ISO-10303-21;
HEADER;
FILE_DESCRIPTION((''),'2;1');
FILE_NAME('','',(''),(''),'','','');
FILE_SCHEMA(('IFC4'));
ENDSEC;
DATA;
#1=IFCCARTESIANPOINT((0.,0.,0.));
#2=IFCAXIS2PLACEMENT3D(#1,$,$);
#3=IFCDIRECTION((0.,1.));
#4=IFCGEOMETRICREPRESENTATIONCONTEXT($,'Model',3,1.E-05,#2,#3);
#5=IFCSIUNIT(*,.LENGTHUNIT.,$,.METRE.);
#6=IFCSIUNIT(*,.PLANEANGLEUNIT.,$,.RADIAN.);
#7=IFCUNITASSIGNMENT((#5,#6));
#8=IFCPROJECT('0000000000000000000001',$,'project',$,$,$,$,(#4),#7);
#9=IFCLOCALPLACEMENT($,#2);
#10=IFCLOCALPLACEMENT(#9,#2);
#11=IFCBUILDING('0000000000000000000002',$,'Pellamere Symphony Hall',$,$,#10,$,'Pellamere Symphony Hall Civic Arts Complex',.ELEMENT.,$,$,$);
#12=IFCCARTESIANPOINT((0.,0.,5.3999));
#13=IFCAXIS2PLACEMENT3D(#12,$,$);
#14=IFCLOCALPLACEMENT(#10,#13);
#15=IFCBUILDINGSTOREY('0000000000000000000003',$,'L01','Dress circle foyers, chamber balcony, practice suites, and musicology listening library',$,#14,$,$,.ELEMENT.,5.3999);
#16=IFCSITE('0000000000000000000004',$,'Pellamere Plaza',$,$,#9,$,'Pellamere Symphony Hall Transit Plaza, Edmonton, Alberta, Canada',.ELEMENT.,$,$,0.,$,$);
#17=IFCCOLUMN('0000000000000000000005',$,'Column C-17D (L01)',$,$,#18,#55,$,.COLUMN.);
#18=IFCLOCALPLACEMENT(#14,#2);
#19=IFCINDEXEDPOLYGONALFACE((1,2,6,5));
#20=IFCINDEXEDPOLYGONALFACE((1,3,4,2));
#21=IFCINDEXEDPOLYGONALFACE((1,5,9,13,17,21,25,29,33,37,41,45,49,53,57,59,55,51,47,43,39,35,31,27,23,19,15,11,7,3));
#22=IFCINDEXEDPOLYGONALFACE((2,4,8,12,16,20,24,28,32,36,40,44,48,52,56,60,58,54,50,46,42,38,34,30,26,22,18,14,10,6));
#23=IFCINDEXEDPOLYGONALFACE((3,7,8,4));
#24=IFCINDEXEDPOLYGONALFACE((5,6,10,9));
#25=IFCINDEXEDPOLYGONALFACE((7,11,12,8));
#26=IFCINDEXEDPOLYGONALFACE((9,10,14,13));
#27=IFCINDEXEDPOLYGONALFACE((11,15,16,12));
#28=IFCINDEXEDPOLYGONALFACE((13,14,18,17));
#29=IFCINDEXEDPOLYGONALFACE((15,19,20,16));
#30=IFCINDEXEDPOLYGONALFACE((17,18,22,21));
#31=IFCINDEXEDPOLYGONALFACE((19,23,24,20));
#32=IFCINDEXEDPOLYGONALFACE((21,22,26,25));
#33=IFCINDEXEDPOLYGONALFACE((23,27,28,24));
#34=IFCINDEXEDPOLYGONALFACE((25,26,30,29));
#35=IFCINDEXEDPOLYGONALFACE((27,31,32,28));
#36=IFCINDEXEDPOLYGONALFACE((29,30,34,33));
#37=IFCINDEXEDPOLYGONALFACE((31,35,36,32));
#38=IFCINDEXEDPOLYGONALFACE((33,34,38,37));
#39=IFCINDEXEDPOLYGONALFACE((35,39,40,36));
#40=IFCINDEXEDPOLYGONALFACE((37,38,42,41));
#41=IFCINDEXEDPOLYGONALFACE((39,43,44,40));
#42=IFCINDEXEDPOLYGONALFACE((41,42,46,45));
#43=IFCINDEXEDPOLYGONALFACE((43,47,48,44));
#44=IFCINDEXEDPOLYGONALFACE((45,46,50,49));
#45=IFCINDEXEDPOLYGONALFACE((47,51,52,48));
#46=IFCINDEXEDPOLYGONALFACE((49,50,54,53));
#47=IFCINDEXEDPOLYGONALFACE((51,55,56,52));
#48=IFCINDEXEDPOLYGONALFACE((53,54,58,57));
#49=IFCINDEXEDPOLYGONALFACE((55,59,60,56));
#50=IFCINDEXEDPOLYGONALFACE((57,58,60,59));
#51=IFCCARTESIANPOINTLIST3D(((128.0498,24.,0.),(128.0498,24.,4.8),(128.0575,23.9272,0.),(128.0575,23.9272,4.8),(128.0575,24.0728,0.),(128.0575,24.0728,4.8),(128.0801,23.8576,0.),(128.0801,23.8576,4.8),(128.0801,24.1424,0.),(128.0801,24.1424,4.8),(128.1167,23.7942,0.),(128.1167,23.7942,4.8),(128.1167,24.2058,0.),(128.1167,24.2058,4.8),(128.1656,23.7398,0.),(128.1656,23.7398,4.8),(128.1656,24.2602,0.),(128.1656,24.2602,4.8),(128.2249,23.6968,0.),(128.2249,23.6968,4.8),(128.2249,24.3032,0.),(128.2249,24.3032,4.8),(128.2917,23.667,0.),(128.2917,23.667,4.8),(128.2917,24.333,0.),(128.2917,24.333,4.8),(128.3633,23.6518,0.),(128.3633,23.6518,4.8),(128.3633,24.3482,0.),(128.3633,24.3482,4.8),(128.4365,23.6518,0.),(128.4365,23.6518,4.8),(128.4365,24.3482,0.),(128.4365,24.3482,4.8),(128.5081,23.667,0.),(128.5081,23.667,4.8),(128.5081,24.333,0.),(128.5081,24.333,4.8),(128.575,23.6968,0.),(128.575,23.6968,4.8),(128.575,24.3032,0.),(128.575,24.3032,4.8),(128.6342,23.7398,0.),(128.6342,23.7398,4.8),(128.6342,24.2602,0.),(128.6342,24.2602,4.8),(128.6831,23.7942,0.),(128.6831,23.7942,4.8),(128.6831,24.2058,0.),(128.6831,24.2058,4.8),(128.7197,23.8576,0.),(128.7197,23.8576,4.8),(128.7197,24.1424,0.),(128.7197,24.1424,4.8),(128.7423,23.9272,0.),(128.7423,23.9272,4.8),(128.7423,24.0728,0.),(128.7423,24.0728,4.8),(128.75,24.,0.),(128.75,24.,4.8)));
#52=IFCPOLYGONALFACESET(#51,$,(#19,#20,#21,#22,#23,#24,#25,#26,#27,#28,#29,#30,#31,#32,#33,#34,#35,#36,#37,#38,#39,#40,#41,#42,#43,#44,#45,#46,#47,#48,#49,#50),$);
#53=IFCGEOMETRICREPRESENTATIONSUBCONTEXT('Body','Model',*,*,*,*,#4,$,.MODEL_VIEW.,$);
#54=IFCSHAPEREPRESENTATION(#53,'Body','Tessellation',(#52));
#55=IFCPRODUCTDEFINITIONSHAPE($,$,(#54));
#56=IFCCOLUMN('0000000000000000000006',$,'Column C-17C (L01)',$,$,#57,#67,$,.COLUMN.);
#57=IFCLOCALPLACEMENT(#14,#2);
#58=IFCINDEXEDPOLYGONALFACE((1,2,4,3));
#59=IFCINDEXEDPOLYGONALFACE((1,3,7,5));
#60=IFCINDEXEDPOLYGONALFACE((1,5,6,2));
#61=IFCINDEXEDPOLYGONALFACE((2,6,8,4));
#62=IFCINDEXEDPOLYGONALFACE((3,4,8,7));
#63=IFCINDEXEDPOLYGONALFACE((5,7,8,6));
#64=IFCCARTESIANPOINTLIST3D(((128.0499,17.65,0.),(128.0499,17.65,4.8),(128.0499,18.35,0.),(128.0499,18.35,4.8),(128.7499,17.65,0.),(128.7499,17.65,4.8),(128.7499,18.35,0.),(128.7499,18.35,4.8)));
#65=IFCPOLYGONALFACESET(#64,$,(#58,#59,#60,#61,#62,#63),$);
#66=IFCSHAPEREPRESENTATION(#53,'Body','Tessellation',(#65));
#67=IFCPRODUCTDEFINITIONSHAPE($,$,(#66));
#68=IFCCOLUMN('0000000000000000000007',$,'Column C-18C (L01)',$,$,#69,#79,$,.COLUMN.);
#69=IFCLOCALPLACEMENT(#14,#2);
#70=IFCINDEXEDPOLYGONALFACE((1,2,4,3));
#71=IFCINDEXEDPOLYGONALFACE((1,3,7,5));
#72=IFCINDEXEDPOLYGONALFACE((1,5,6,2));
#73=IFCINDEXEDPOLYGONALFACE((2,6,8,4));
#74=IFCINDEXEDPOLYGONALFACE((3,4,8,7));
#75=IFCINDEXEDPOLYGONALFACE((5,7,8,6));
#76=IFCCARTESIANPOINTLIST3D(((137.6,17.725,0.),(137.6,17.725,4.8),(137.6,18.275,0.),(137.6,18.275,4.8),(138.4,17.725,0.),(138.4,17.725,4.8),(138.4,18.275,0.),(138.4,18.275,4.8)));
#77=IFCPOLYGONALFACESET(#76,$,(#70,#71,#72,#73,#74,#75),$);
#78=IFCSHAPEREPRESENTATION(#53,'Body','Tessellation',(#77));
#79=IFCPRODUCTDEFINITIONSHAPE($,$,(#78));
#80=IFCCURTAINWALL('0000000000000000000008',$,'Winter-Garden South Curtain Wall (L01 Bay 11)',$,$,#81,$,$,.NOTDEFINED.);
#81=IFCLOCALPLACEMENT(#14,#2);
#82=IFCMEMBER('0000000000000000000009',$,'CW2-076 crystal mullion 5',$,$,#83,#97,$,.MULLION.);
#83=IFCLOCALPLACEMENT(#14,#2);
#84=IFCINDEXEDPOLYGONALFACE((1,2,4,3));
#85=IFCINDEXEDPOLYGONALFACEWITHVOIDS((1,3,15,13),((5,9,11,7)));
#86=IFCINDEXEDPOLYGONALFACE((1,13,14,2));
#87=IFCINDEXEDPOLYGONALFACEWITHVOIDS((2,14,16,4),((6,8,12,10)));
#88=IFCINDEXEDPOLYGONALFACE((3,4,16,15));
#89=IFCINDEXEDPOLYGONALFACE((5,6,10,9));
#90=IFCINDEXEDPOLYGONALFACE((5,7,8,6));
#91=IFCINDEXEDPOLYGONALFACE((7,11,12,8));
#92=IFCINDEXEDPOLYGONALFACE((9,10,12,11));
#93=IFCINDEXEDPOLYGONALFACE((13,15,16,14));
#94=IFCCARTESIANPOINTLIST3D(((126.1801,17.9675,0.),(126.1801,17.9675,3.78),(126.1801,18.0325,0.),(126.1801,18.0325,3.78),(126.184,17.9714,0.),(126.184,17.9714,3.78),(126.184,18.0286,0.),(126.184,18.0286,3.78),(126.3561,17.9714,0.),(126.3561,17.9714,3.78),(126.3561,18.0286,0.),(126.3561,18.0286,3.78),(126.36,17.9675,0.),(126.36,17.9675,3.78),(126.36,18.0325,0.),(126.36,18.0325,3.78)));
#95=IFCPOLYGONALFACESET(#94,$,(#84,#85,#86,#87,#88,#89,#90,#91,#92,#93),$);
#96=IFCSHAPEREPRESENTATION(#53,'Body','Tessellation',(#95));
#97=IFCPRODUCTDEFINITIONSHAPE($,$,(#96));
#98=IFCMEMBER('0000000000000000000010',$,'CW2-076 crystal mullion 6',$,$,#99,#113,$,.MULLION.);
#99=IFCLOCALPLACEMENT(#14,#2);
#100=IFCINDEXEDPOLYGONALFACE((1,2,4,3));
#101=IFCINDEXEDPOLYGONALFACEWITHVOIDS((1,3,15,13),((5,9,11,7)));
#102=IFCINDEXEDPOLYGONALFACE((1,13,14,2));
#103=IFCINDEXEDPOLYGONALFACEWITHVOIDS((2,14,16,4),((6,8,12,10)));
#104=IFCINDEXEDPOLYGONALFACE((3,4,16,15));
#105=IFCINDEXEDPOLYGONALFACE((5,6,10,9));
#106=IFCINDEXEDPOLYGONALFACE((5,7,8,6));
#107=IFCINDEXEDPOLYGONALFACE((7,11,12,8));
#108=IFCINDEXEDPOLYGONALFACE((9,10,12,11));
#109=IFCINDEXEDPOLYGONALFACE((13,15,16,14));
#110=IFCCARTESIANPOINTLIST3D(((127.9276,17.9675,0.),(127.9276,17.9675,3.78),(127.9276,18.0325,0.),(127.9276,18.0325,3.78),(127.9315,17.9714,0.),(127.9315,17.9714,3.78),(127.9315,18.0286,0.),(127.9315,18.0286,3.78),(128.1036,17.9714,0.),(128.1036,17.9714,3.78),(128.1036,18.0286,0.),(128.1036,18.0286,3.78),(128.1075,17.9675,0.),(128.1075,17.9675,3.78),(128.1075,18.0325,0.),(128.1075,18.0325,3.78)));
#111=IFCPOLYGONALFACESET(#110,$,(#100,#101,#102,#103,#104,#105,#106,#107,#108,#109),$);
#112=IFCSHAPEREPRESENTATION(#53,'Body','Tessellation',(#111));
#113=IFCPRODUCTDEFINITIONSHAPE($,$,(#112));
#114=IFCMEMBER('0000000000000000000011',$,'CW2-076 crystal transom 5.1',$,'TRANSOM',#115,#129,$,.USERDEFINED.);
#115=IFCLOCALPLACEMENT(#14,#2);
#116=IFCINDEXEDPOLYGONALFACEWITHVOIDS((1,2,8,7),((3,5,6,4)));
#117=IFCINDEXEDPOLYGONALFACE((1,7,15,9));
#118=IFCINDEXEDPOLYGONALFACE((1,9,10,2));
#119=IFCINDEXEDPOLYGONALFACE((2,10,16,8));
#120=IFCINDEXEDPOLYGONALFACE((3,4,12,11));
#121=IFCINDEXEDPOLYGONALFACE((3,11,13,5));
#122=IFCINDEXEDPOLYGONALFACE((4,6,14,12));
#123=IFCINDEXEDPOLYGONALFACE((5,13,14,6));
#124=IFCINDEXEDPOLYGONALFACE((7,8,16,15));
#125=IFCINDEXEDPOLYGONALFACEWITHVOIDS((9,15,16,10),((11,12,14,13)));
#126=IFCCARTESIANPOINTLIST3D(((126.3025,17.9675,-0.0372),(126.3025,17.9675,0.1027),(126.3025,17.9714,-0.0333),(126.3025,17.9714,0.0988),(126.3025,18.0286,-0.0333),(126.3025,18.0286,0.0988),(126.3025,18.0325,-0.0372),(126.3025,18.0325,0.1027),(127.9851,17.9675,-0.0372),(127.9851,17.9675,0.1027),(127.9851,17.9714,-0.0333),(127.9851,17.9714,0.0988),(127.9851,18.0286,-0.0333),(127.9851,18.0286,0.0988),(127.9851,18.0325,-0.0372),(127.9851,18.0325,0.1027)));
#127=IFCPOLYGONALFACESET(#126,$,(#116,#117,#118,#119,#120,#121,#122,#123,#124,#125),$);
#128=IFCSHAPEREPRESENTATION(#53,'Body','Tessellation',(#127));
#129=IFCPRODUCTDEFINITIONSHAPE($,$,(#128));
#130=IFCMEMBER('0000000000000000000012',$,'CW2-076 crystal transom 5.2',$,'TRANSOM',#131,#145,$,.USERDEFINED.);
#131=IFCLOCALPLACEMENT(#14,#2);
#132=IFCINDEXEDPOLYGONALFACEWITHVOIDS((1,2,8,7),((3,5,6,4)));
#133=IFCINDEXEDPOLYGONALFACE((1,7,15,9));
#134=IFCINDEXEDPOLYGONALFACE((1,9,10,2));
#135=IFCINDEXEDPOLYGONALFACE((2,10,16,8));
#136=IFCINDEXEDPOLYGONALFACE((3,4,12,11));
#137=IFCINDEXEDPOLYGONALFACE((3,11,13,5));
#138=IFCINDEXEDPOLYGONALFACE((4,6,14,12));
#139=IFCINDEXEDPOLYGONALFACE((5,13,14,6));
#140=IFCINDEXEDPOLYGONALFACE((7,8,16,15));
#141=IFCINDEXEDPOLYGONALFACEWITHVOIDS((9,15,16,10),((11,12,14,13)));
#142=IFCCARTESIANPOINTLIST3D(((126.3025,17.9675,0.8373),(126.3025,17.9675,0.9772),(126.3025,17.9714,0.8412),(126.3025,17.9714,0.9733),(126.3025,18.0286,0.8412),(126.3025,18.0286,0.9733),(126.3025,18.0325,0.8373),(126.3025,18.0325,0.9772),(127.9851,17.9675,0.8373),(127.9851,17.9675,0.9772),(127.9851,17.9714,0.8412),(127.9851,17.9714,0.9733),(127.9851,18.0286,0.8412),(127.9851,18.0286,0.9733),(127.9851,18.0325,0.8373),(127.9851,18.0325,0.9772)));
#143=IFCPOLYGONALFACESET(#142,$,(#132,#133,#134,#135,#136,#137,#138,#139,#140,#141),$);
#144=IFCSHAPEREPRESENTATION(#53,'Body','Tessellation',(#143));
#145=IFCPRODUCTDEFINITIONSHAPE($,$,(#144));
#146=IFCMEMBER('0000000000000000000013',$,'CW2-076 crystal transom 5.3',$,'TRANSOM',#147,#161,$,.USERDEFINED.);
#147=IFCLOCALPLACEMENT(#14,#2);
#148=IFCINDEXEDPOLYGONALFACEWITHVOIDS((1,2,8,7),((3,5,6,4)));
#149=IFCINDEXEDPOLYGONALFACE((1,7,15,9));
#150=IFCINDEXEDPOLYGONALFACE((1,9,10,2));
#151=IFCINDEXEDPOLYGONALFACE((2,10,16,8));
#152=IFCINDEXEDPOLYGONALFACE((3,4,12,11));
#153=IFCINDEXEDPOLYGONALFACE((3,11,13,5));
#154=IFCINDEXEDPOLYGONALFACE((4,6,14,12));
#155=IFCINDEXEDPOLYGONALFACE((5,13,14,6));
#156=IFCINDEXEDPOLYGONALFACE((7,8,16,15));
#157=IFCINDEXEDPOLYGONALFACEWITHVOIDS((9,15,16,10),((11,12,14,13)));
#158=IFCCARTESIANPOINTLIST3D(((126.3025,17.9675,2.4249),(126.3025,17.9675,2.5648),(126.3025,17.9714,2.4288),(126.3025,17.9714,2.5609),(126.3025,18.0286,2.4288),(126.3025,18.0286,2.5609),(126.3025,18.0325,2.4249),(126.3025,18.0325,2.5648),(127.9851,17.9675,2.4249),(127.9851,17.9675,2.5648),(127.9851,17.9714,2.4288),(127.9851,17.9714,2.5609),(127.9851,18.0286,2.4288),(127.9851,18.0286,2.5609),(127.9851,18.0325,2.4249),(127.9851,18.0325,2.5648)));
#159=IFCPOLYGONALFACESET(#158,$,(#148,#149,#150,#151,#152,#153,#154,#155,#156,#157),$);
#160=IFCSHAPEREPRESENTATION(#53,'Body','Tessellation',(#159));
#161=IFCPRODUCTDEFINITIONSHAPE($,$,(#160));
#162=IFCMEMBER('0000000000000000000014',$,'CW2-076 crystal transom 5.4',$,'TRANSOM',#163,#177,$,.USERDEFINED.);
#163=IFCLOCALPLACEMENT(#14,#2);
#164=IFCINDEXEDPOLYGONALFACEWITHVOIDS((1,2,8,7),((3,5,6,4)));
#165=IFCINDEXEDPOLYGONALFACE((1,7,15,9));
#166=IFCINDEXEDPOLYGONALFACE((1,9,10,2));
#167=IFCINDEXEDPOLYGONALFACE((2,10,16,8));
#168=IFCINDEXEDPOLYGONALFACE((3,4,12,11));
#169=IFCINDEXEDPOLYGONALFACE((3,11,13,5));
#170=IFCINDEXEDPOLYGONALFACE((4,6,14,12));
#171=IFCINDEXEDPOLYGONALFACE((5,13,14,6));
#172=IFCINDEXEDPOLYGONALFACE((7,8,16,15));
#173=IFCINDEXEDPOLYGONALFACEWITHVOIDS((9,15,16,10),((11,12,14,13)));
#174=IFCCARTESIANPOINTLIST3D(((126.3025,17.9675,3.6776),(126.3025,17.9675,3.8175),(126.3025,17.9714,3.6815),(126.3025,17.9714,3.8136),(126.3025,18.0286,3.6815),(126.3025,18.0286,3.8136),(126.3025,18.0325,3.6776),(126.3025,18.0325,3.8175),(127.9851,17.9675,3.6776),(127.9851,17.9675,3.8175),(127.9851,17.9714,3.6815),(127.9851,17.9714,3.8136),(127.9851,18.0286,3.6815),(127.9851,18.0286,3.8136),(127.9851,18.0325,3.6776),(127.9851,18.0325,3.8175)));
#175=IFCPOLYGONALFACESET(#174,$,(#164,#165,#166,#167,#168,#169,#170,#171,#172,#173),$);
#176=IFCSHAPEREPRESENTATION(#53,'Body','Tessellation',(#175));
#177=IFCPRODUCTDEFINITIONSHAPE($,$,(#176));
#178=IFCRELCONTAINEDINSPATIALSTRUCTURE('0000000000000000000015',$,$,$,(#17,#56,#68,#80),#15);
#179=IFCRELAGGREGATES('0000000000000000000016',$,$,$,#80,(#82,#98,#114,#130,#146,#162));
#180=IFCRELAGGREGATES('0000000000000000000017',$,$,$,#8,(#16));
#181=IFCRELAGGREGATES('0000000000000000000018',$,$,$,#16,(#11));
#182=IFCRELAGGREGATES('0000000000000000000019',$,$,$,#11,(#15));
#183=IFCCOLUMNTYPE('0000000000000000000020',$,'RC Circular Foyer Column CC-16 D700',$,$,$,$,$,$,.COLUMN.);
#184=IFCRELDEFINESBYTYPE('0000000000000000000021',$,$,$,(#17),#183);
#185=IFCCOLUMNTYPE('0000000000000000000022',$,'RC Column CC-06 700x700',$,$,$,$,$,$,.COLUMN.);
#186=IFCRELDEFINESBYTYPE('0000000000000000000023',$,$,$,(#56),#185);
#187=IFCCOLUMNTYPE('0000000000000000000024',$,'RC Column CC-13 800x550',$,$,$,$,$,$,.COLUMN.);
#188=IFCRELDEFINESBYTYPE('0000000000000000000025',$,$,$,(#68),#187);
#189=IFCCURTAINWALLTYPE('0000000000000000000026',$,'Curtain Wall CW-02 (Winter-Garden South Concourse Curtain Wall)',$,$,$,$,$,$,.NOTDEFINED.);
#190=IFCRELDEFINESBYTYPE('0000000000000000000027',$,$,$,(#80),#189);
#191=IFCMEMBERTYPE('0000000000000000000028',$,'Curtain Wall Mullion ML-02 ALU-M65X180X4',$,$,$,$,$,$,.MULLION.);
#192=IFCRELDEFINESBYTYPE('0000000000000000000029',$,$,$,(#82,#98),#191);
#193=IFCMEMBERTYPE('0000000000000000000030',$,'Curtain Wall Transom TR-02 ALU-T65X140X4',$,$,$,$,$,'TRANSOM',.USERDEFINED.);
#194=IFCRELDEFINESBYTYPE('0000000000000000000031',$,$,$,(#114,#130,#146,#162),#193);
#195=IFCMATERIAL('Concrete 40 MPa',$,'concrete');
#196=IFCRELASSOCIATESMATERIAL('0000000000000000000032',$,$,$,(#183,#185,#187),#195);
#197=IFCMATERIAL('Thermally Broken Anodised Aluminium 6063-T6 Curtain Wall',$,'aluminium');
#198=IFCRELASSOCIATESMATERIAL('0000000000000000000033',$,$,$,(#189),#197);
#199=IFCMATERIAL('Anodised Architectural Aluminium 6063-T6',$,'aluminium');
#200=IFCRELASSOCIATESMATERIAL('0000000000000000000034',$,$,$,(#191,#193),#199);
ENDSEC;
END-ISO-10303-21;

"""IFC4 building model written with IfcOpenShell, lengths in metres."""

from ifc_helpers import new_model, si_unit, direction, frame, origin, origin_2d, place, context, subcontext, project, spatial, rectangle, hollow_rectangle, circle, extrude, material, material_profile, profile_set, type_object, element, aggregate, save


model = new_model("IFC4")

# Units and contexts
model_context = context("Model", 3, precision=1e-05, world=origin(), true_north=direction((0.0, 1.0)))
body_context = subcontext(model_context, "Body", "Model", "MODEL_VIEW")
ifc_project = project(units=[si_unit("LENGTHUNIT", "METRE"), si_unit("PLANEANGLEUNIT", "RADIAN")], contexts=[model_context])

# Site, building, storey
site_placement = place(None, origin())
site = spatial("IfcSite", under=ifc_project, at=site_placement, Name="Pellamere Plaza", LongName="Pellamere Symphony Hall Transit Plaza, Edmonton, Alberta, Canada", CompositionType="ELEMENT", RefElevation=0.0)
building_placement = place(site_placement, origin())
building = spatial("IfcBuilding", under=site, at=building_placement, Name="Pellamere Symphony Hall", LongName="Pellamere Symphony Hall Civic Arts Complex", CompositionType="ELEMENT")
storey_placement = place(building_placement, frame((0.0, 0.0, 5.3999)))
storey = spatial("IfcBuildingStorey", under=building, at=storey_placement, Name="L01", Description="Dress circle foyers, chamber balcony, practice suites, and musicology listening library", CompositionType="ELEMENT", Elevation=5.3999)

# Columns
ifc_material_1 = material(Name="Concrete 40 MPa", Category="concrete")
ifc_material_profile_1 = material_profile(ifc_material_1, circle(Radius=0.3501, at=origin_2d()), Name="RCCOL D700")
ifc_profile_set_1 = profile_set([ifc_material_profile_1], Name="Concrete 40 MPa")
column_type_1 = type_object("IfcColumnType", Name="RC Circular Foyer Column CC-16 D700", PredefinedType="COLUMN", material=ifc_profile_set_1)
column_1_placement = place(storey_placement, frame((128.3999, 24.0, 0.0), z_axis=(0.0, 0.0, 1.0), x_axis=(1.0, 0.0, 0.0)))
element("IfcColumn", 1, at=column_1_placement, inside=storey, type_object=column_type_1, Name="Column C-17D (L01)", PredefinedType="COLUMN", context=body_context, shape_type="SweptSolid", body=[
    extrude(circle(Radius=0.3501, at=origin_2d()), origin(), (0.0, 0.0, 1.0), 4.8),
])
ifc_material_profile_2 = material_profile(ifc_material_1, rectangle(XDim=0.7, YDim=0.7, at=origin_2d()), Name="RC 700x700")
ifc_profile_set_2 = profile_set([ifc_material_profile_2], Name="Concrete 40 MPa")
column_type_2 = type_object("IfcColumnType", Name="RC Column CC-06 700x700", PredefinedType="COLUMN", material=ifc_profile_set_2)
column_2_placement = place(storey_placement, frame((128.3999, 18.0, 0.0), z_axis=(0.0, 0.0, 1.0), x_axis=(1.0, 0.0, 0.0)))
element("IfcColumn", 2, at=column_2_placement, inside=storey, type_object=column_type_2, Name="Column C-17C (L01)", PredefinedType="COLUMN", context=body_context, shape_type="SweptSolid", body=[
    extrude(rectangle(XDim=0.7, YDim=0.7, at=origin_2d()), origin(), (0.0, 0.0, 1.0), 4.8),
])
ifc_material_profile_3 = material_profile(ifc_material_1, rectangle(XDim=0.8, YDim=0.55, at=origin_2d()), Name="RC 800x550")
ifc_profile_set_3 = profile_set([ifc_material_profile_3], Name="Concrete 40 MPa")
column_type_3 = type_object("IfcColumnType", Name="RC Column CC-13 800x550", PredefinedType="COLUMN", material=ifc_profile_set_3)
column_3_placement = place(storey_placement, frame((138.0, 18.0, 0.0), z_axis=(0.0, 0.0, 1.0), x_axis=(1.0, 0.0, 0.0)))
element("IfcColumn", 3, at=column_3_placement, inside=storey, type_object=column_type_3, Name="Column C-18C (L01)", PredefinedType="COLUMN", context=body_context, shape_type="SweptSolid", body=[
    extrude(rectangle(XDim=0.8, YDim=0.55, at=origin_2d()), origin(), (0.0, 0.0, 1.0), 4.8),
])

# Curtain wall, members
ifc_material_2 = material(Name="Thermally Broken Anodised Aluminium 6063-T6 Curtain Wall", Category="aluminium")
curtain_wall_type = type_object("IfcCurtainWallType", Name="Curtain Wall CW-02 (Winter-Garden South Concourse Curtain Wall)", PredefinedType="NOTDEFINED", material=ifc_material_2)
curtain_wall_placement = place(storey_placement, origin())
curtain_wall = element("IfcCurtainWall", 4, at=curtain_wall_placement, inside=storey, type_object=curtain_wall_type, Name="Winter-Garden South Curtain Wall (L01 Bay 11)", PredefinedType="NOTDEFINED")
ifc_material_3 = material(Name="Anodised Architectural Aluminium 6063-T6", Category="aluminium")
ifc_material_profile_4 = material_profile(ifc_material_3, hollow_rectangle(XDim=0.0649, YDim=0.1799, WallThickness=0.0039, at=origin_2d()), Name="ALU-M65X180X4")
ifc_profile_set_4 = profile_set([ifc_material_profile_4], Name="Anodised Architectural Aluminium 6063-T6")
member_type_1 = type_object("IfcMemberType", Name="Curtain Wall Mullion ML-02 ALU-M65X180X4", PredefinedType="MULLION", material=ifc_profile_set_4)
member_1_placement = place(storey_placement, frame((126.27, 18.0, 0.0), z_axis=(0.0, 0.0, 1.0), x_axis=(0.0, 1.0, 0.0)))
member_1 = element("IfcMember", 5, at=member_1_placement, type_object=member_type_1, Name="CW2-076 crystal mullion 5", PredefinedType="MULLION", context=body_context, shape_type="SweptSolid", body=[
    extrude(hollow_rectangle(XDim=0.0649, YDim=0.1799, WallThickness=0.0039, at=origin_2d()), origin(), (0.0, 0.0, 1.0), 3.78),
])
member_2_placement = place(storey_placement, frame((128.0176, 18.0, 0.0), z_axis=(0.0, 0.0, 1.0), x_axis=(0.0, 1.0, 0.0)))
member_2 = element("IfcMember", 6, at=member_2_placement, type_object=member_type_1, Name="CW2-076 crystal mullion 6", PredefinedType="MULLION", context=body_context, shape_type="SweptSolid", body=[
    extrude(hollow_rectangle(XDim=0.0649, YDim=0.1799, WallThickness=0.0039, at=origin_2d()), origin(), (0.0, 0.0, 1.0), 3.78),
])
ifc_material_profile_5 = material_profile(ifc_material_3, hollow_rectangle(XDim=0.0649, YDim=0.1399, WallThickness=0.0039, at=origin_2d()), Name="ALU-T65X140X4")
ifc_profile_set_5 = profile_set([ifc_material_profile_5], Name="Anodised Architectural Aluminium 6063-T6")
member_type_2 = type_object("IfcMemberType", Name="Curtain Wall Transom TR-02 ALU-T65X140X4", ElementType="TRANSOM", PredefinedType="USERDEFINED", material=ifc_profile_set_5)
member_3_placement = place(storey_placement, frame((126.3025, 18.0, 0.0327), z_axis=(1.0, 0.0, 0.0), x_axis=(0.0, 1.0, 0.0)))
member_3 = element("IfcMember", 7, at=member_3_placement, type_object=member_type_2, Name="CW2-076 crystal transom 5.1", ObjectType="TRANSOM", PredefinedType="USERDEFINED", context=body_context, shape_type="SweptSolid", body=[
    extrude(hollow_rectangle(XDim=0.0649, YDim=0.1399, WallThickness=0.0039, at=origin_2d()), origin(), (0.0, 0.0, 1.0), 1.6826),
])
member_4_placement = place(storey_placement, frame((126.3025, 18.0, 0.9072), z_axis=(1.0, 0.0, 0.0), x_axis=(0.0, 1.0, 0.0)))
member_4 = element("IfcMember", 8, at=member_4_placement, type_object=member_type_2, Name="CW2-076 crystal transom 5.2", ObjectType="TRANSOM", PredefinedType="USERDEFINED", context=body_context, shape_type="SweptSolid", body=[
    extrude(hollow_rectangle(XDim=0.0649, YDim=0.1399, WallThickness=0.0039, at=origin_2d()), origin(), (0.0, 0.0, 1.0), 1.6826),
])
member_5_placement = place(storey_placement, frame((126.3025, 18.0, 2.4949), z_axis=(1.0, 0.0, 0.0), x_axis=(0.0, 1.0, 0.0)))
member_5 = element("IfcMember", 9, at=member_5_placement, type_object=member_type_2, Name="CW2-076 crystal transom 5.3", ObjectType="TRANSOM", PredefinedType="USERDEFINED", context=body_context, shape_type="SweptSolid", body=[
    extrude(hollow_rectangle(XDim=0.0649, YDim=0.1399, WallThickness=0.0039, at=origin_2d()), origin(), (0.0, 0.0, 1.0), 1.6826),
])
member_6_placement = place(storey_placement, frame((126.3025, 18.0, 3.7476), z_axis=(1.0, 0.0, 0.0), x_axis=(0.0, 1.0, 0.0)))
member_6 = element("IfcMember", 10, at=member_6_placement, type_object=member_type_2, Name="CW2-076 crystal transom 5.4", ObjectType="TRANSOM", PredefinedType="USERDEFINED", context=body_context, shape_type="SweptSolid", body=[
    extrude(hollow_rectangle(XDim=0.0649, YDim=0.1399, WallThickness=0.0039, at=origin_2d()), origin(), (0.0, 0.0, 1.0), 1.6826),
])

aggregate(curtain_wall, [member_1, member_2, member_3, member_4, member_5, member_6])

save(model, "model.ifc")
